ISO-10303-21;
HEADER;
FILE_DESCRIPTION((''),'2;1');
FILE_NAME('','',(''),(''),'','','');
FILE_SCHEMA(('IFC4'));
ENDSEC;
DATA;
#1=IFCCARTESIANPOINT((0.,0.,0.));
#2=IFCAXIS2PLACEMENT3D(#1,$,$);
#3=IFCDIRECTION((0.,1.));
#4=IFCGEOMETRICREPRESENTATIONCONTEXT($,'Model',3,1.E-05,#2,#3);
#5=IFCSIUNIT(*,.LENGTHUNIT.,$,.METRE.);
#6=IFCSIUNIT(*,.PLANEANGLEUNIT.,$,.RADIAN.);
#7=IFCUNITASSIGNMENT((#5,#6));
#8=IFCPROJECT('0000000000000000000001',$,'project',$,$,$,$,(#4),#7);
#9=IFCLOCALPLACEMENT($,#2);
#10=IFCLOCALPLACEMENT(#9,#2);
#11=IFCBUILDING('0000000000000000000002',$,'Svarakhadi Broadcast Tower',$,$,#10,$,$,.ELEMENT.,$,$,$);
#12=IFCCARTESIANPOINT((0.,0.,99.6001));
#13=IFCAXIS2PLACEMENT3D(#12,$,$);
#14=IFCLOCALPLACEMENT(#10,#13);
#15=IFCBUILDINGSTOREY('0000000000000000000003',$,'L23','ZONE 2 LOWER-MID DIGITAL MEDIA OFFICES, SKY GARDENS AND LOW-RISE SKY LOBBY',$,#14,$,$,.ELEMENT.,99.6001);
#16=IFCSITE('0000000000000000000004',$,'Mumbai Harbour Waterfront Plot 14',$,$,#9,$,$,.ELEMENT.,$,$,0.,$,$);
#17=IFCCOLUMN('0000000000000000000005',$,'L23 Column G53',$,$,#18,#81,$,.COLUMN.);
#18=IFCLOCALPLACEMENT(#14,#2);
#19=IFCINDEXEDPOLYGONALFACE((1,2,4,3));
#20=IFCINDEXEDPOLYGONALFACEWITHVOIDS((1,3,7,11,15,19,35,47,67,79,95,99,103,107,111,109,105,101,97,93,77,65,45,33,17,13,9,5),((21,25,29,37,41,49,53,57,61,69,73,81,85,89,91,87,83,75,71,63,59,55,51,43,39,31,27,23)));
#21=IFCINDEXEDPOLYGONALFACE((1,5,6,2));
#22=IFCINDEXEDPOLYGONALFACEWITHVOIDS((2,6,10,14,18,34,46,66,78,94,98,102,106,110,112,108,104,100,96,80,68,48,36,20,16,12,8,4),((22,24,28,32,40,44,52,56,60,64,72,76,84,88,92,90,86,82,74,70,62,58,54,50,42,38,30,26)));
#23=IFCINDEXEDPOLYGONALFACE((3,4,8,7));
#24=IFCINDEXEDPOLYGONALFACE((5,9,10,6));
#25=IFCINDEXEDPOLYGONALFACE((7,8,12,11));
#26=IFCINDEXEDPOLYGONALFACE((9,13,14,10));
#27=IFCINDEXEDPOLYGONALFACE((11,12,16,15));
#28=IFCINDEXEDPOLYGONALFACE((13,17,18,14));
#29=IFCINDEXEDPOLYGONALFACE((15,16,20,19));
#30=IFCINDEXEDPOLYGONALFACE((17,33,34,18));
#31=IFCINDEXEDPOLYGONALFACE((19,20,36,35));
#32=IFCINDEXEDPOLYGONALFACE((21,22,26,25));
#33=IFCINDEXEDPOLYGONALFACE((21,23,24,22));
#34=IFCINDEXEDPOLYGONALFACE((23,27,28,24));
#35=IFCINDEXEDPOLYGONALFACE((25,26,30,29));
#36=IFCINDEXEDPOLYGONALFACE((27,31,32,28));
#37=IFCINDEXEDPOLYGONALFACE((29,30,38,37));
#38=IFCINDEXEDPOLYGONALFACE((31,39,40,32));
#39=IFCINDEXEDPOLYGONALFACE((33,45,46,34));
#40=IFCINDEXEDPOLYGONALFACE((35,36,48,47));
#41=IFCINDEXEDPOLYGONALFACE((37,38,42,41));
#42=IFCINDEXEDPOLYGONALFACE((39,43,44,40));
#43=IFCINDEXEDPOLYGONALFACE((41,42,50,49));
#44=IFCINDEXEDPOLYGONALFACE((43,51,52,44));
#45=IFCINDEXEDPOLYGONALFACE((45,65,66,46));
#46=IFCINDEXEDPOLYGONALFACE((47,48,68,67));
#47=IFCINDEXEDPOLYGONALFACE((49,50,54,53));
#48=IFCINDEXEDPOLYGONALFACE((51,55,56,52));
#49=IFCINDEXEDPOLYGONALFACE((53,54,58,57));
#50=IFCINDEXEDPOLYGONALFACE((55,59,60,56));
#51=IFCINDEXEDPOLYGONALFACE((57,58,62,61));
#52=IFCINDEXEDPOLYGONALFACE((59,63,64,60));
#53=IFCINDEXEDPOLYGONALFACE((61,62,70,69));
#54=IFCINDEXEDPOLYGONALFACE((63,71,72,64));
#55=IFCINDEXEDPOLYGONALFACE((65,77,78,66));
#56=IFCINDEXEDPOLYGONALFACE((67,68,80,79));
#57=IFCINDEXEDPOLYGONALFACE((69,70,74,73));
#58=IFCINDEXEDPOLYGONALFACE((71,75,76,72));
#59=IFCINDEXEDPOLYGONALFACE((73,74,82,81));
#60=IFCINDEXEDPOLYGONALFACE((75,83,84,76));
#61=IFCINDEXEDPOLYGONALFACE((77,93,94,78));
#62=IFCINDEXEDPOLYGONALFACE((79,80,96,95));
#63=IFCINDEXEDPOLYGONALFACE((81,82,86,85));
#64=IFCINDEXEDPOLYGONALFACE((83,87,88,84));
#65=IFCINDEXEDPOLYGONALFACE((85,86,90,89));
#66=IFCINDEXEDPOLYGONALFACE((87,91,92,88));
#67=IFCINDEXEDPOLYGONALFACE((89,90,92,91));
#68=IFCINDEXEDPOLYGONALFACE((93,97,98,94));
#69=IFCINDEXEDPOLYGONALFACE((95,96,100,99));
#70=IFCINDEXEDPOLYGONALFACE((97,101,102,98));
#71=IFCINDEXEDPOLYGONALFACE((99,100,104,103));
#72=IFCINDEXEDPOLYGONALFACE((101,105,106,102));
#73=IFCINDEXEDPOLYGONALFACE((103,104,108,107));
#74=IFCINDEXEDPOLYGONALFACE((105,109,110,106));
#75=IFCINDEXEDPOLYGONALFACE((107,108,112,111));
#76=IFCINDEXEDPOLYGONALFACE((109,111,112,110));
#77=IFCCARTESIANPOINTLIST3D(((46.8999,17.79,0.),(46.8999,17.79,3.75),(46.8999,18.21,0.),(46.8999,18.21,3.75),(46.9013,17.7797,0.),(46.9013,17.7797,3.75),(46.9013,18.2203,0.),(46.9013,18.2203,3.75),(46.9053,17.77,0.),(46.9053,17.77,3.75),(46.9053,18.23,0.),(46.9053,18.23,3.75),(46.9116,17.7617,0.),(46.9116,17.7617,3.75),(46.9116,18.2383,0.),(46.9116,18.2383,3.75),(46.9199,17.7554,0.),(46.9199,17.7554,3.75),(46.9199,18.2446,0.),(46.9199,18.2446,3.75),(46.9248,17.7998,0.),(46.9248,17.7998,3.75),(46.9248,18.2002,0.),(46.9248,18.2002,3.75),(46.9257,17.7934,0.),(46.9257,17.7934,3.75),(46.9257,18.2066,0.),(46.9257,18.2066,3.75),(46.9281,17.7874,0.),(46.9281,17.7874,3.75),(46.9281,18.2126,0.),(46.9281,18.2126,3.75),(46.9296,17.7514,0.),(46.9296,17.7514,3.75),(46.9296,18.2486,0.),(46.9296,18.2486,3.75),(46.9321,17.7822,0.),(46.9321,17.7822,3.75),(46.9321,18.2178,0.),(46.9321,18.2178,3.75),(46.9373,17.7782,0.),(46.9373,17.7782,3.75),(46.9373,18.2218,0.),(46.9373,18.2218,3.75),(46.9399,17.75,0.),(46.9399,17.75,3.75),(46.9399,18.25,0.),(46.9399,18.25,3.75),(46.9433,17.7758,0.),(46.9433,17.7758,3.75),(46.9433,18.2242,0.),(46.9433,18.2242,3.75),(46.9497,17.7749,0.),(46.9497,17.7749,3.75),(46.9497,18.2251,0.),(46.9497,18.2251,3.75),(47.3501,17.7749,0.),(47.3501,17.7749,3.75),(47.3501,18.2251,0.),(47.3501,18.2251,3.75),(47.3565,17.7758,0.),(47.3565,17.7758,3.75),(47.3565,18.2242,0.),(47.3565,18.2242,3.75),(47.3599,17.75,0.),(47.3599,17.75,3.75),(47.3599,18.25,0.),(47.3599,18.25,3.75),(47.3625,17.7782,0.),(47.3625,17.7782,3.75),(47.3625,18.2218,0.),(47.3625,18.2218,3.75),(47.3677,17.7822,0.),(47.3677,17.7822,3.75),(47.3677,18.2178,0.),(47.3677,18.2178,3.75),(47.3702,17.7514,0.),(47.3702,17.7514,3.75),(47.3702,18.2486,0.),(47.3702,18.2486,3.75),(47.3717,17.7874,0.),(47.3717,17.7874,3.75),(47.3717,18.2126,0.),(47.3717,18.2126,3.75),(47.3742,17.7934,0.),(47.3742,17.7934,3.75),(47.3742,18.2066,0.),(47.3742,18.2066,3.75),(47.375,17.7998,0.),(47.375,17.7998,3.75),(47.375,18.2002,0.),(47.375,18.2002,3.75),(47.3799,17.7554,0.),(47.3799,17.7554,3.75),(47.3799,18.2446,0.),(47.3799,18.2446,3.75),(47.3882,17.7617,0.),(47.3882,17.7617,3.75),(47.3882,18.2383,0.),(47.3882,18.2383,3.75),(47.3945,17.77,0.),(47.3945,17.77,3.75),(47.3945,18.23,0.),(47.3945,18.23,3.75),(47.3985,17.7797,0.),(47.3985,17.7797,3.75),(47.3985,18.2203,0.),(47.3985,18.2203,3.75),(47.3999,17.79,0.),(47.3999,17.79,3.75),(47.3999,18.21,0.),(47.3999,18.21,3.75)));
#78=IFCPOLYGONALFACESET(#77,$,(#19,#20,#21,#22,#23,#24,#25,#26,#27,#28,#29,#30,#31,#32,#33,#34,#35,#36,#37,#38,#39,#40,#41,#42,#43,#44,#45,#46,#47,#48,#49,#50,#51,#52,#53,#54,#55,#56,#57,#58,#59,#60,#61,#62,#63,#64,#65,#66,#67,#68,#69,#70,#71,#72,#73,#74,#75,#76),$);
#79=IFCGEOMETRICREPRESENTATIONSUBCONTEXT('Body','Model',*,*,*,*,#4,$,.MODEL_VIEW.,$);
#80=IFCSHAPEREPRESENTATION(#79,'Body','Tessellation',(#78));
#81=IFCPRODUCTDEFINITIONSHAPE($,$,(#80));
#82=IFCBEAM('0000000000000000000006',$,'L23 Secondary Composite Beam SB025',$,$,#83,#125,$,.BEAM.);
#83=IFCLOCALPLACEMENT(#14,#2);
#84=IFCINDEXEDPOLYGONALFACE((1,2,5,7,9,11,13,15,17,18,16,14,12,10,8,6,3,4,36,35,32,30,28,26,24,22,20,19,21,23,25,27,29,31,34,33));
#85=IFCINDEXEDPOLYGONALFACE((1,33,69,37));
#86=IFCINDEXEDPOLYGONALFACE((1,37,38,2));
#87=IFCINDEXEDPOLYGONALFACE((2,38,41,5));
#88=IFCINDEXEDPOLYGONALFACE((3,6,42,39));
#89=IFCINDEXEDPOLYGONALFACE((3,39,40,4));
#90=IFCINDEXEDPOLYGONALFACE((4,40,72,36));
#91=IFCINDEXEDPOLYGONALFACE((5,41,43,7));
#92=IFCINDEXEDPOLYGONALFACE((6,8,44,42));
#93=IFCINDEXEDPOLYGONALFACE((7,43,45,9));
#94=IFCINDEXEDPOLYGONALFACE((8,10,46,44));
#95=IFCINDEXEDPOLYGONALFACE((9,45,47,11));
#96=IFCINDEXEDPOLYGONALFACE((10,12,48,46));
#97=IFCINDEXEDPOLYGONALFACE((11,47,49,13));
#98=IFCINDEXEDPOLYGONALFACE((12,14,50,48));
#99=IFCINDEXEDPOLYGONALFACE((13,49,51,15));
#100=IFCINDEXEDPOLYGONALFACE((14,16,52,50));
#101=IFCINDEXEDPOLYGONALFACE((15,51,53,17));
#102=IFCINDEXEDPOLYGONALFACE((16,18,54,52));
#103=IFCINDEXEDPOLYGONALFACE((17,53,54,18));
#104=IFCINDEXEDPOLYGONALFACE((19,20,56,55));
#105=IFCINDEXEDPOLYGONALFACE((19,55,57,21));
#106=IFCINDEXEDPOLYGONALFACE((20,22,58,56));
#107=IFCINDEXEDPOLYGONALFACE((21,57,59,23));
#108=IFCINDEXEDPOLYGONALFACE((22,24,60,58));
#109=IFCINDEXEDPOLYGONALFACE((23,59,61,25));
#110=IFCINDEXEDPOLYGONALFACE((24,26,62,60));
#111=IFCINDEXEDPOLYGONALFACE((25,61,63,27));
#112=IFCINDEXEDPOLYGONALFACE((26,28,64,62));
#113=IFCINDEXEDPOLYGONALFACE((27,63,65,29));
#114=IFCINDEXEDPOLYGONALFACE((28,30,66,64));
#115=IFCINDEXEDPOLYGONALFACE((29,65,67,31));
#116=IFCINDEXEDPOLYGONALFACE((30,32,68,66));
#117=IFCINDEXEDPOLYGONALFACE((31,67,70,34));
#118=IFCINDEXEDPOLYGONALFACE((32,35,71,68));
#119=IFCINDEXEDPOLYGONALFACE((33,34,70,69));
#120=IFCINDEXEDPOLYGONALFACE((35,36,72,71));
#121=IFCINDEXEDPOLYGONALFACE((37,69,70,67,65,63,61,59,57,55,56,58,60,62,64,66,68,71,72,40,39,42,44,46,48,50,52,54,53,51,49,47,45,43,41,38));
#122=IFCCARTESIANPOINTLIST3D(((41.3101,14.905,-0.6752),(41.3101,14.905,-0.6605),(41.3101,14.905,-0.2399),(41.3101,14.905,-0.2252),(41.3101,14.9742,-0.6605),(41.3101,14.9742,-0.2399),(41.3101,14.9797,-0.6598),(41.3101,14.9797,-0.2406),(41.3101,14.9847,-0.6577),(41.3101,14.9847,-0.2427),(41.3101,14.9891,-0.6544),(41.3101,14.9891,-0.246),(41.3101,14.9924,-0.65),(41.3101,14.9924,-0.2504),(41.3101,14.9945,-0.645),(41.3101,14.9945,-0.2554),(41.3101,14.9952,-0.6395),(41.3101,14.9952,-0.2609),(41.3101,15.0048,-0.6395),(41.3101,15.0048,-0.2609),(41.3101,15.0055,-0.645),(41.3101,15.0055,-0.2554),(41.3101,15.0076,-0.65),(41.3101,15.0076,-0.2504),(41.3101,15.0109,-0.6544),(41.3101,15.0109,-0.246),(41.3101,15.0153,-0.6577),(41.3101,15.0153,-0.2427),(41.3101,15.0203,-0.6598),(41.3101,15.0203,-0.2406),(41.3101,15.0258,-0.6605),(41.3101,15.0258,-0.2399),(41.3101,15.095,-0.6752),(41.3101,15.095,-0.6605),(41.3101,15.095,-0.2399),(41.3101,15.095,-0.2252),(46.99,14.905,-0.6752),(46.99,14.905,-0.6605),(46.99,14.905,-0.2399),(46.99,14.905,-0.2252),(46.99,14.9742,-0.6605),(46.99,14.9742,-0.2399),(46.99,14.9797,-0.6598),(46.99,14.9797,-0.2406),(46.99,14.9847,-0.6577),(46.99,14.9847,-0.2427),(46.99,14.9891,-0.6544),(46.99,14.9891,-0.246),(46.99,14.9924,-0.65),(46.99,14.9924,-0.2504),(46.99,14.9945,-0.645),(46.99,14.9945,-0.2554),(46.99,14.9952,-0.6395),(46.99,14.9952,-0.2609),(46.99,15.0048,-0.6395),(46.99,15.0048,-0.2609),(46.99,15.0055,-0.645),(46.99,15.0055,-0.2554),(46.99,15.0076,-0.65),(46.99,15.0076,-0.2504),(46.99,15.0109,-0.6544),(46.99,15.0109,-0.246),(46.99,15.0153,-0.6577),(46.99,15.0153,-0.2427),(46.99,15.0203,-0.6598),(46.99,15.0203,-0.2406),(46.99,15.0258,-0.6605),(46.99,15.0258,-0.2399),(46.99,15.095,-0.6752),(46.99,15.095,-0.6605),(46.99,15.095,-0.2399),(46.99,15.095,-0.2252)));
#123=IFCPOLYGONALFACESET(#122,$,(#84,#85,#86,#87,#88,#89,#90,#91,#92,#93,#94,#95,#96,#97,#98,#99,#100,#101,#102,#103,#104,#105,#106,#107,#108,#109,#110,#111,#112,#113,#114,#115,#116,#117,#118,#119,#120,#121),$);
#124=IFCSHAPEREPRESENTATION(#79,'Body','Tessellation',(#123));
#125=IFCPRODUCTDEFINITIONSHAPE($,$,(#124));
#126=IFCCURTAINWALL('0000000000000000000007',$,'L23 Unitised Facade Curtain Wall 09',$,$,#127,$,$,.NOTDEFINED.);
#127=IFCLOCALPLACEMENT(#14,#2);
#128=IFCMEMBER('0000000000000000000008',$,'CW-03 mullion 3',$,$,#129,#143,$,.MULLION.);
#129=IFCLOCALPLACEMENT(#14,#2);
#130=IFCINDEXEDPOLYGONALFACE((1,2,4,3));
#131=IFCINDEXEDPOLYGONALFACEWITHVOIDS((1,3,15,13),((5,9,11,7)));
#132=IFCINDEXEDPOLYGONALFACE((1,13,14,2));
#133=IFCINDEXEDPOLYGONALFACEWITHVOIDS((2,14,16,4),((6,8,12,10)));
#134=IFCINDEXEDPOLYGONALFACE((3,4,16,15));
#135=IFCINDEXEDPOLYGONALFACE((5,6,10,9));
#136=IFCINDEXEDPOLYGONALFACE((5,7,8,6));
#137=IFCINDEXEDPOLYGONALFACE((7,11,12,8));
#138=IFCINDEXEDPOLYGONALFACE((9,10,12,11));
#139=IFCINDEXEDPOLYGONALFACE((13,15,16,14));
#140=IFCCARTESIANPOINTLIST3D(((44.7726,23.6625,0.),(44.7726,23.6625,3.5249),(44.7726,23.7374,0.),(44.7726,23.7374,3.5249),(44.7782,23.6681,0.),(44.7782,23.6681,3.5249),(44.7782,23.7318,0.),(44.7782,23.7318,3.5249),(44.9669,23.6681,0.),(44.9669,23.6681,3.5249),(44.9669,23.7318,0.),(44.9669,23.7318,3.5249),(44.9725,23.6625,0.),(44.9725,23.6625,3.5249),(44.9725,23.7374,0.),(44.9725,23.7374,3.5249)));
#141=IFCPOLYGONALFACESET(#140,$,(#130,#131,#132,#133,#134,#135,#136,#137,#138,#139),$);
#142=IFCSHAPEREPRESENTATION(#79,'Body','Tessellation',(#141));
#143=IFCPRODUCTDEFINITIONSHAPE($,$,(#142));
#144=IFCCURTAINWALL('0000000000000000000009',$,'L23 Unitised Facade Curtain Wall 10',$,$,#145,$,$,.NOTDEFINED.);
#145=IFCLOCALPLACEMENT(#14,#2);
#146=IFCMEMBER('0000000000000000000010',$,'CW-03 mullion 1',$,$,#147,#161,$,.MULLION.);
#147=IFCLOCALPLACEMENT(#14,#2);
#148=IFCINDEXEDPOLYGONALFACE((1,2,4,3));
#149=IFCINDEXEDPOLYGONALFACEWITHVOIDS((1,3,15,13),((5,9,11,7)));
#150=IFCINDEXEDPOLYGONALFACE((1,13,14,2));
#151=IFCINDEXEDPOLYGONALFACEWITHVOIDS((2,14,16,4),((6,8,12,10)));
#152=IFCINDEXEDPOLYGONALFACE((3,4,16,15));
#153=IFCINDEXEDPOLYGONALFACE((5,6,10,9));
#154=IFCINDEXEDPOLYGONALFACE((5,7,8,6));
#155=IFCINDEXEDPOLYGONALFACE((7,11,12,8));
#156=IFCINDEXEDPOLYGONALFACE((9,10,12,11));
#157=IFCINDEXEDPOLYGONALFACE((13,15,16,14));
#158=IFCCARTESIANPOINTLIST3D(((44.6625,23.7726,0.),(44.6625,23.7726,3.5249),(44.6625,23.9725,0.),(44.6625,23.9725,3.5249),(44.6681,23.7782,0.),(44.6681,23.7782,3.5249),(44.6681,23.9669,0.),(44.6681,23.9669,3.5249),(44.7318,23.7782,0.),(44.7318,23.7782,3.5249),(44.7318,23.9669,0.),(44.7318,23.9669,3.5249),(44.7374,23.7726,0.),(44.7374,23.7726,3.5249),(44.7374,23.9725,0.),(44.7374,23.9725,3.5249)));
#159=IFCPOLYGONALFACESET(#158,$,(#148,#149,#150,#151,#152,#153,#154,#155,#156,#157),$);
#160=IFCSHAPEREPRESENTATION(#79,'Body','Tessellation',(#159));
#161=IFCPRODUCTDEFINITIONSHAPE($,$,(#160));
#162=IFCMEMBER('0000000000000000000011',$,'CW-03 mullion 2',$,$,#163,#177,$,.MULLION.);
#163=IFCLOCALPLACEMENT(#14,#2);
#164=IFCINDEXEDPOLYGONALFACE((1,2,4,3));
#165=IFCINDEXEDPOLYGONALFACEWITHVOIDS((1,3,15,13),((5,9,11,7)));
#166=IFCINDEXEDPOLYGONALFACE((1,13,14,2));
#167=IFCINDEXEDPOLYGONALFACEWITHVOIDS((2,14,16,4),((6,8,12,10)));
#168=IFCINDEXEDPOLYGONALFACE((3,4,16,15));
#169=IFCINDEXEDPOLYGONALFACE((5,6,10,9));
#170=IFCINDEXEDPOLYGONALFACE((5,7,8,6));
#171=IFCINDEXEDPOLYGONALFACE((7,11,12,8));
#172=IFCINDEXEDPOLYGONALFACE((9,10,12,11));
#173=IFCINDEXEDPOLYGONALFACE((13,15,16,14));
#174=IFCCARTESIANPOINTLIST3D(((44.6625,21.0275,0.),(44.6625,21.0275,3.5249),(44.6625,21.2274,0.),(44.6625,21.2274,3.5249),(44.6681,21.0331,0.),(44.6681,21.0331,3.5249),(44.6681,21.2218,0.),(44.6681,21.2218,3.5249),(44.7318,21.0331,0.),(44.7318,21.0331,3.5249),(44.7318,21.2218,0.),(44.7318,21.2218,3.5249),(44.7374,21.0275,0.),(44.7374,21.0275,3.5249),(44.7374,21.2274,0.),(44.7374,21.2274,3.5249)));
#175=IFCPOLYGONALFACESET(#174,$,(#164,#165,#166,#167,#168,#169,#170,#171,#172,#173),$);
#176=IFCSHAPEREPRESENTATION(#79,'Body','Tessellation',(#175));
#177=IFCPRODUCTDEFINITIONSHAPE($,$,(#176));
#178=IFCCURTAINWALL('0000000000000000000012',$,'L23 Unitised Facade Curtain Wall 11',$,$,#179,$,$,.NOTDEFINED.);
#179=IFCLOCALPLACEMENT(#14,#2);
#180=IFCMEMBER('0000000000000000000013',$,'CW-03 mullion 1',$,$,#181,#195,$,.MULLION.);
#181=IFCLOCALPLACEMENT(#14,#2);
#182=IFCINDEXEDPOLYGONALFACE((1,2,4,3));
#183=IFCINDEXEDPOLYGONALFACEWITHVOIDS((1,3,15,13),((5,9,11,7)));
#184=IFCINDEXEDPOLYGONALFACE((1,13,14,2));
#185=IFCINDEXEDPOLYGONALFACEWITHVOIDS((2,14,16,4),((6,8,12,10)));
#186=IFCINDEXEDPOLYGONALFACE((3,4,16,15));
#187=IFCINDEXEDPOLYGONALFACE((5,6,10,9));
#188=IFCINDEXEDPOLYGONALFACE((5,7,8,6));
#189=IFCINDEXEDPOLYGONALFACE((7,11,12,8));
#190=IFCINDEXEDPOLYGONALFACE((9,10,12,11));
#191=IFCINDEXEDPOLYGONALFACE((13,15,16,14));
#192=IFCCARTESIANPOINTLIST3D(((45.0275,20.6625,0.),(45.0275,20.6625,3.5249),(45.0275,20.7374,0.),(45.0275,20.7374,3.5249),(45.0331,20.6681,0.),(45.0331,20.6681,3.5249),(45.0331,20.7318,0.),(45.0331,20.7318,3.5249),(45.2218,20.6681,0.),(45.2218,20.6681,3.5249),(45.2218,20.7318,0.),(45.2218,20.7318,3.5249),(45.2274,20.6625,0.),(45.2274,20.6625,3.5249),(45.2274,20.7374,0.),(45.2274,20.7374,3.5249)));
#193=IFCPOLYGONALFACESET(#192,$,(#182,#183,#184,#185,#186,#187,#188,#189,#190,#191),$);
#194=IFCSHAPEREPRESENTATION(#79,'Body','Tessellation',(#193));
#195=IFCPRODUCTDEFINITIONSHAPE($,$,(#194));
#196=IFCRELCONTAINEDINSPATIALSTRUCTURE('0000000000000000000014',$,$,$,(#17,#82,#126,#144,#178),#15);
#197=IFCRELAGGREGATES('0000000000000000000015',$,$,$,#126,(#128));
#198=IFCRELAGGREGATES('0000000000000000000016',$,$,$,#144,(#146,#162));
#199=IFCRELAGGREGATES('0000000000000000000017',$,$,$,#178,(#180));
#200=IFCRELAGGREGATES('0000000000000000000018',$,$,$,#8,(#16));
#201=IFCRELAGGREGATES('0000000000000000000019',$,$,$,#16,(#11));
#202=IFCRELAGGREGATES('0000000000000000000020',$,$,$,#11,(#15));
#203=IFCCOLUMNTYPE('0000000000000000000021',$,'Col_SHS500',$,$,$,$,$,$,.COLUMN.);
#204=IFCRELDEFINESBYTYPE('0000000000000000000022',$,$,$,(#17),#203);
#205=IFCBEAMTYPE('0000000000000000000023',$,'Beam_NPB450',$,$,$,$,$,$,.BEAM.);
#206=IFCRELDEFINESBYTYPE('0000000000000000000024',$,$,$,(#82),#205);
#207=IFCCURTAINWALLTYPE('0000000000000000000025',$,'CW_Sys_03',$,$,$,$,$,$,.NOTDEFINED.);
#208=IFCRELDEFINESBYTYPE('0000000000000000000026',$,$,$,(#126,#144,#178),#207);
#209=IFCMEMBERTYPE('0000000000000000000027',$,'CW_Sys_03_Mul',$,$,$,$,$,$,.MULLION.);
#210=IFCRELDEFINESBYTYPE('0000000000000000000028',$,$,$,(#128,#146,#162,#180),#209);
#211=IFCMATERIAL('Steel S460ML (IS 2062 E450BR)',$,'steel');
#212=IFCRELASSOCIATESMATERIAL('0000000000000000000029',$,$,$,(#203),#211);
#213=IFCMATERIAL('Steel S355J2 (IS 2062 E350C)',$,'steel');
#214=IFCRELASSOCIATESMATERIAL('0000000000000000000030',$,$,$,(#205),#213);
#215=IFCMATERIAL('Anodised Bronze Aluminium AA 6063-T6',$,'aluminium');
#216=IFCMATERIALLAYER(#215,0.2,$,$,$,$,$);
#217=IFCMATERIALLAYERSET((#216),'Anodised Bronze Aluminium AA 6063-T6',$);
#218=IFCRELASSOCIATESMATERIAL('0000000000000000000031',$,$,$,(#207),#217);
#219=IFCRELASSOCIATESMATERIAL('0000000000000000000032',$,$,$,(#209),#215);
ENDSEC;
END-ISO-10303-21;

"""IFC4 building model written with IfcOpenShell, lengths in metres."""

from ifc_helpers import new_model, si_unit, direction, frame, origin, origin_2d, place, context, subcontext, project, spatial, hollow_rectangle, i_section, extrude, material, layer, layer_set, material_profile, profile_set, type_object, element, aggregate, save


model = new_model("IFC4")

# Units and contexts
model_context = context("Model", 3, precision=1e-05, world=origin(), true_north=direction((0.0, 1.0)))
body_context = subcontext(model_context, "Body", "Model", "MODEL_VIEW")
ifc_project = project(units=[si_unit("LENGTHUNIT", "METRE"), si_unit("PLANEANGLEUNIT", "RADIAN")], contexts=[model_context])

# Site, building, storey
site_placement = place(None, origin())
site = spatial("IfcSite", under=ifc_project, at=site_placement, Name="Mumbai Harbour Waterfront Plot 14", CompositionType="ELEMENT", RefElevation=0.0)
building_placement = place(site_placement, origin())
building = spatial("IfcBuilding", under=site, at=building_placement, Name="Svarakhadi Broadcast Tower", CompositionType="ELEMENT")
storey_placement = place(building_placement, frame((0.0, 0.0, 99.6001)))
storey = spatial("IfcBuildingStorey", under=building, at=storey_placement, Name="L23", Description="ZONE 2 LOWER-MID DIGITAL MEDIA OFFICES, SKY GARDENS AND LOW-RISE SKY LOBBY", CompositionType="ELEMENT", Elevation=99.6001)

# Column
ifc_material_1 = material(Name="Steel S460ML (IS 2062 E450BR)", Category="steel")
ifc_material_profile_1 = material_profile(ifc_material_1, hollow_rectangle(XDim=0.5, YDim=0.5, WallThickness=0.0249, InnerFilletRadius=0.0249, OuterFilletRadius=0.04, at=origin_2d()), Name="SHS 500x500x25")
ifc_profile_set_1 = profile_set([ifc_material_profile_1], Name="Steel S460ML (IS 2062 E450BR)")
column_type_1 = type_object("IfcColumnType", Name="Col_SHS500", PredefinedType="COLUMN", material=ifc_profile_set_1)
for number, where, z_axis, x_axis, name in (
    (1, (47.1499, 18.0, 0.0), (0.0, 0.0, 1.0), (1.0, 0.0, 0.0), "L23 Column G53"),
):
    element("IfcColumn", number, at=place(storey_placement, frame(where, z_axis=z_axis, x_axis=x_axis)), inside=storey, type_object=column_type_1, Name=name, PredefinedType="COLUMN", context=body_context, shape_type="SweptSolid", body=[
        extrude(hollow_rectangle(XDim=0.5, YDim=0.5, WallThickness=0.0249, InnerFilletRadius=0.0249, OuterFilletRadius=0.04, at=origin_2d()), origin(), (0.0, 0.0, 1.0), 3.75),
    ])

# Beam
ifc_material_2 = material(Name="Steel S355J2 (IS 2062 E350C)", Category="steel")
ifc_material_profile_2 = material_profile(ifc_material_2, i_section(OverallWidth=0.1899, OverallDepth=0.45, WebThickness=0.0095, FlangeThickness=0.0146, FilletRadius=0.021, at=origin_2d()), Name="NPB 450x190x78")
ifc_profile_set_2 = profile_set([ifc_material_profile_2], Name="Steel S355J2 (IS 2062 E350C)")
beam_type_1 = type_object("IfcBeamType", Name="Beam_NPB450", PredefinedType="BEAM", material=ifc_profile_set_2)
beam_placement = place(storey_placement, frame((41.3101, 15.0, -0.4502), z_axis=(1.0, 0.0, 0.0), x_axis=(0.0, 1.0, 0.0)))
element("IfcBeam", 2, at=beam_placement, inside=storey, type_object=beam_type_1, Name="L23 Secondary Composite Beam SB025", PredefinedType="BEAM", context=body_context, shape_type="SweptSolid", body=[
    extrude(i_section(OverallWidth=0.1899, OverallDepth=0.45, WebThickness=0.0095, FlangeThickness=0.0146, FilletRadius=0.021, at=origin_2d()), origin(), (0.0, 0.0, 1.0), 5.6799),
])

# Curtain wall, member
ifc_material_3 = material(Name="Anodised Bronze Aluminium AA 6063-T6", Category="aluminium")
ifc_layer_1 = layer(ifc_material_3, 0.2)
ifc_layer_set_1 = layer_set([ifc_layer_1], Name="Anodised Bronze Aluminium AA 6063-T6")
curtain_wall_type = type_object("IfcCurtainWallType", Name="CW_Sys_03", PredefinedType="NOTDEFINED", material=ifc_layer_set_1)
curtain_wall_1_placement = place(storey_placement, origin())
curtain_wall_1 = element("IfcCurtainWall", 3, at=curtain_wall_1_placement, inside=storey, type_object=curtain_wall_type, Name="L23 Unitised Facade Curtain Wall 09", PredefinedType="NOTDEFINED")
ifc_material_profile_3 = material_profile(ifc_material_3, hollow_rectangle(XDim=0.075, YDim=0.2, WallThickness=0.0056, at=origin_2d()), Name="ALU MULLION 200x75x6")
ifc_profile_set_3 = profile_set([ifc_material_profile_3], Name="Anodised Bronze Aluminium AA 6063-T6")
member_type_1 = type_object("IfcMemberType", Name="CW_Sys_03_Mul", PredefinedType="MULLION", material=ifc_profile_set_3)
member_1_placement = place(storey_placement, frame((44.8726, 23.7, 0.0), z_axis=(0.0, 0.0, 1.0), x_axis=(0.0, 1.0, 0.0)))
member_1 = element("IfcMember", 4, at=member_1_placement, type_object=member_type_1, Name="CW-03 mullion 3", PredefinedType="MULLION", context=body_context, shape_type="SweptSolid", body=[
    extrude(hollow_rectangle(XDim=0.075, YDim=0.2, WallThickness=0.0056, at=origin_2d()), origin(), (0.0, 0.0, 1.0), 3.5249),
])

# Curtain walls, members
curtain_wall_2_placement = place(storey_placement, origin())
curtain_wall_2 = element("IfcCurtainWall", 5, at=curtain_wall_2_placement, inside=storey, type_object=curtain_wall_type, Name="L23 Unitised Facade Curtain Wall 10", PredefinedType="NOTDEFINED")
member_2_placement = place(storey_placement, frame((44.7, 23.8726, 0.0), z_axis=(0.0, 0.0, 1.0), x_axis=(1.0, 0.0, 0.0)))
member_2 = element("IfcMember", 6, at=member_2_placement, type_object=member_type_1, Name="CW-03 mullion 1", PredefinedType="MULLION", context=body_context, shape_type="SweptSolid", body=[
    extrude(hollow_rectangle(XDim=0.075, YDim=0.2, WallThickness=0.0056, at=origin_2d()), origin(), (0.0, 0.0, 1.0), 3.5249),
])
member_3_placement = place(storey_placement, frame((44.7, 21.1274, 0.0), z_axis=(0.0, 0.0, 1.0), x_axis=(1.0, 0.0, 0.0)))
member_3 = element("IfcMember", 7, at=member_3_placement, type_object=member_type_1, Name="CW-03 mullion 2", PredefinedType="MULLION", context=body_context, shape_type="SweptSolid", body=[
    extrude(hollow_rectangle(XDim=0.075, YDim=0.2, WallThickness=0.0056, at=origin_2d()), origin(), (0.0, 0.0, 1.0), 3.5249),
])
curtain_wall_3_placement = place(storey_placement, origin())
curtain_wall_3 = element("IfcCurtainWall", 8, at=curtain_wall_3_placement, inside=storey, type_object=curtain_wall_type, Name="L23 Unitised Facade Curtain Wall 11", PredefinedType="NOTDEFINED")
member_4_placement = place(storey_placement, frame((45.1274, 20.7, 0.0), z_axis=(0.0, 0.0, 1.0), x_axis=(0.0, 1.0, 0.0)))
member_4 = element("IfcMember", 9, at=member_4_placement, type_object=member_type_1, Name="CW-03 mullion 1", PredefinedType="MULLION", context=body_context, shape_type="SweptSolid", body=[
    extrude(hollow_rectangle(XDim=0.075, YDim=0.2, WallThickness=0.0056, at=origin_2d()), origin(), (0.0, 0.0, 1.0), 3.5249),
])

aggregate(curtain_wall_1, [member_1])
aggregate(curtain_wall_2, [member_2, member_3])
aggregate(curtain_wall_3, [member_4])

save(model, "model.ifc")
